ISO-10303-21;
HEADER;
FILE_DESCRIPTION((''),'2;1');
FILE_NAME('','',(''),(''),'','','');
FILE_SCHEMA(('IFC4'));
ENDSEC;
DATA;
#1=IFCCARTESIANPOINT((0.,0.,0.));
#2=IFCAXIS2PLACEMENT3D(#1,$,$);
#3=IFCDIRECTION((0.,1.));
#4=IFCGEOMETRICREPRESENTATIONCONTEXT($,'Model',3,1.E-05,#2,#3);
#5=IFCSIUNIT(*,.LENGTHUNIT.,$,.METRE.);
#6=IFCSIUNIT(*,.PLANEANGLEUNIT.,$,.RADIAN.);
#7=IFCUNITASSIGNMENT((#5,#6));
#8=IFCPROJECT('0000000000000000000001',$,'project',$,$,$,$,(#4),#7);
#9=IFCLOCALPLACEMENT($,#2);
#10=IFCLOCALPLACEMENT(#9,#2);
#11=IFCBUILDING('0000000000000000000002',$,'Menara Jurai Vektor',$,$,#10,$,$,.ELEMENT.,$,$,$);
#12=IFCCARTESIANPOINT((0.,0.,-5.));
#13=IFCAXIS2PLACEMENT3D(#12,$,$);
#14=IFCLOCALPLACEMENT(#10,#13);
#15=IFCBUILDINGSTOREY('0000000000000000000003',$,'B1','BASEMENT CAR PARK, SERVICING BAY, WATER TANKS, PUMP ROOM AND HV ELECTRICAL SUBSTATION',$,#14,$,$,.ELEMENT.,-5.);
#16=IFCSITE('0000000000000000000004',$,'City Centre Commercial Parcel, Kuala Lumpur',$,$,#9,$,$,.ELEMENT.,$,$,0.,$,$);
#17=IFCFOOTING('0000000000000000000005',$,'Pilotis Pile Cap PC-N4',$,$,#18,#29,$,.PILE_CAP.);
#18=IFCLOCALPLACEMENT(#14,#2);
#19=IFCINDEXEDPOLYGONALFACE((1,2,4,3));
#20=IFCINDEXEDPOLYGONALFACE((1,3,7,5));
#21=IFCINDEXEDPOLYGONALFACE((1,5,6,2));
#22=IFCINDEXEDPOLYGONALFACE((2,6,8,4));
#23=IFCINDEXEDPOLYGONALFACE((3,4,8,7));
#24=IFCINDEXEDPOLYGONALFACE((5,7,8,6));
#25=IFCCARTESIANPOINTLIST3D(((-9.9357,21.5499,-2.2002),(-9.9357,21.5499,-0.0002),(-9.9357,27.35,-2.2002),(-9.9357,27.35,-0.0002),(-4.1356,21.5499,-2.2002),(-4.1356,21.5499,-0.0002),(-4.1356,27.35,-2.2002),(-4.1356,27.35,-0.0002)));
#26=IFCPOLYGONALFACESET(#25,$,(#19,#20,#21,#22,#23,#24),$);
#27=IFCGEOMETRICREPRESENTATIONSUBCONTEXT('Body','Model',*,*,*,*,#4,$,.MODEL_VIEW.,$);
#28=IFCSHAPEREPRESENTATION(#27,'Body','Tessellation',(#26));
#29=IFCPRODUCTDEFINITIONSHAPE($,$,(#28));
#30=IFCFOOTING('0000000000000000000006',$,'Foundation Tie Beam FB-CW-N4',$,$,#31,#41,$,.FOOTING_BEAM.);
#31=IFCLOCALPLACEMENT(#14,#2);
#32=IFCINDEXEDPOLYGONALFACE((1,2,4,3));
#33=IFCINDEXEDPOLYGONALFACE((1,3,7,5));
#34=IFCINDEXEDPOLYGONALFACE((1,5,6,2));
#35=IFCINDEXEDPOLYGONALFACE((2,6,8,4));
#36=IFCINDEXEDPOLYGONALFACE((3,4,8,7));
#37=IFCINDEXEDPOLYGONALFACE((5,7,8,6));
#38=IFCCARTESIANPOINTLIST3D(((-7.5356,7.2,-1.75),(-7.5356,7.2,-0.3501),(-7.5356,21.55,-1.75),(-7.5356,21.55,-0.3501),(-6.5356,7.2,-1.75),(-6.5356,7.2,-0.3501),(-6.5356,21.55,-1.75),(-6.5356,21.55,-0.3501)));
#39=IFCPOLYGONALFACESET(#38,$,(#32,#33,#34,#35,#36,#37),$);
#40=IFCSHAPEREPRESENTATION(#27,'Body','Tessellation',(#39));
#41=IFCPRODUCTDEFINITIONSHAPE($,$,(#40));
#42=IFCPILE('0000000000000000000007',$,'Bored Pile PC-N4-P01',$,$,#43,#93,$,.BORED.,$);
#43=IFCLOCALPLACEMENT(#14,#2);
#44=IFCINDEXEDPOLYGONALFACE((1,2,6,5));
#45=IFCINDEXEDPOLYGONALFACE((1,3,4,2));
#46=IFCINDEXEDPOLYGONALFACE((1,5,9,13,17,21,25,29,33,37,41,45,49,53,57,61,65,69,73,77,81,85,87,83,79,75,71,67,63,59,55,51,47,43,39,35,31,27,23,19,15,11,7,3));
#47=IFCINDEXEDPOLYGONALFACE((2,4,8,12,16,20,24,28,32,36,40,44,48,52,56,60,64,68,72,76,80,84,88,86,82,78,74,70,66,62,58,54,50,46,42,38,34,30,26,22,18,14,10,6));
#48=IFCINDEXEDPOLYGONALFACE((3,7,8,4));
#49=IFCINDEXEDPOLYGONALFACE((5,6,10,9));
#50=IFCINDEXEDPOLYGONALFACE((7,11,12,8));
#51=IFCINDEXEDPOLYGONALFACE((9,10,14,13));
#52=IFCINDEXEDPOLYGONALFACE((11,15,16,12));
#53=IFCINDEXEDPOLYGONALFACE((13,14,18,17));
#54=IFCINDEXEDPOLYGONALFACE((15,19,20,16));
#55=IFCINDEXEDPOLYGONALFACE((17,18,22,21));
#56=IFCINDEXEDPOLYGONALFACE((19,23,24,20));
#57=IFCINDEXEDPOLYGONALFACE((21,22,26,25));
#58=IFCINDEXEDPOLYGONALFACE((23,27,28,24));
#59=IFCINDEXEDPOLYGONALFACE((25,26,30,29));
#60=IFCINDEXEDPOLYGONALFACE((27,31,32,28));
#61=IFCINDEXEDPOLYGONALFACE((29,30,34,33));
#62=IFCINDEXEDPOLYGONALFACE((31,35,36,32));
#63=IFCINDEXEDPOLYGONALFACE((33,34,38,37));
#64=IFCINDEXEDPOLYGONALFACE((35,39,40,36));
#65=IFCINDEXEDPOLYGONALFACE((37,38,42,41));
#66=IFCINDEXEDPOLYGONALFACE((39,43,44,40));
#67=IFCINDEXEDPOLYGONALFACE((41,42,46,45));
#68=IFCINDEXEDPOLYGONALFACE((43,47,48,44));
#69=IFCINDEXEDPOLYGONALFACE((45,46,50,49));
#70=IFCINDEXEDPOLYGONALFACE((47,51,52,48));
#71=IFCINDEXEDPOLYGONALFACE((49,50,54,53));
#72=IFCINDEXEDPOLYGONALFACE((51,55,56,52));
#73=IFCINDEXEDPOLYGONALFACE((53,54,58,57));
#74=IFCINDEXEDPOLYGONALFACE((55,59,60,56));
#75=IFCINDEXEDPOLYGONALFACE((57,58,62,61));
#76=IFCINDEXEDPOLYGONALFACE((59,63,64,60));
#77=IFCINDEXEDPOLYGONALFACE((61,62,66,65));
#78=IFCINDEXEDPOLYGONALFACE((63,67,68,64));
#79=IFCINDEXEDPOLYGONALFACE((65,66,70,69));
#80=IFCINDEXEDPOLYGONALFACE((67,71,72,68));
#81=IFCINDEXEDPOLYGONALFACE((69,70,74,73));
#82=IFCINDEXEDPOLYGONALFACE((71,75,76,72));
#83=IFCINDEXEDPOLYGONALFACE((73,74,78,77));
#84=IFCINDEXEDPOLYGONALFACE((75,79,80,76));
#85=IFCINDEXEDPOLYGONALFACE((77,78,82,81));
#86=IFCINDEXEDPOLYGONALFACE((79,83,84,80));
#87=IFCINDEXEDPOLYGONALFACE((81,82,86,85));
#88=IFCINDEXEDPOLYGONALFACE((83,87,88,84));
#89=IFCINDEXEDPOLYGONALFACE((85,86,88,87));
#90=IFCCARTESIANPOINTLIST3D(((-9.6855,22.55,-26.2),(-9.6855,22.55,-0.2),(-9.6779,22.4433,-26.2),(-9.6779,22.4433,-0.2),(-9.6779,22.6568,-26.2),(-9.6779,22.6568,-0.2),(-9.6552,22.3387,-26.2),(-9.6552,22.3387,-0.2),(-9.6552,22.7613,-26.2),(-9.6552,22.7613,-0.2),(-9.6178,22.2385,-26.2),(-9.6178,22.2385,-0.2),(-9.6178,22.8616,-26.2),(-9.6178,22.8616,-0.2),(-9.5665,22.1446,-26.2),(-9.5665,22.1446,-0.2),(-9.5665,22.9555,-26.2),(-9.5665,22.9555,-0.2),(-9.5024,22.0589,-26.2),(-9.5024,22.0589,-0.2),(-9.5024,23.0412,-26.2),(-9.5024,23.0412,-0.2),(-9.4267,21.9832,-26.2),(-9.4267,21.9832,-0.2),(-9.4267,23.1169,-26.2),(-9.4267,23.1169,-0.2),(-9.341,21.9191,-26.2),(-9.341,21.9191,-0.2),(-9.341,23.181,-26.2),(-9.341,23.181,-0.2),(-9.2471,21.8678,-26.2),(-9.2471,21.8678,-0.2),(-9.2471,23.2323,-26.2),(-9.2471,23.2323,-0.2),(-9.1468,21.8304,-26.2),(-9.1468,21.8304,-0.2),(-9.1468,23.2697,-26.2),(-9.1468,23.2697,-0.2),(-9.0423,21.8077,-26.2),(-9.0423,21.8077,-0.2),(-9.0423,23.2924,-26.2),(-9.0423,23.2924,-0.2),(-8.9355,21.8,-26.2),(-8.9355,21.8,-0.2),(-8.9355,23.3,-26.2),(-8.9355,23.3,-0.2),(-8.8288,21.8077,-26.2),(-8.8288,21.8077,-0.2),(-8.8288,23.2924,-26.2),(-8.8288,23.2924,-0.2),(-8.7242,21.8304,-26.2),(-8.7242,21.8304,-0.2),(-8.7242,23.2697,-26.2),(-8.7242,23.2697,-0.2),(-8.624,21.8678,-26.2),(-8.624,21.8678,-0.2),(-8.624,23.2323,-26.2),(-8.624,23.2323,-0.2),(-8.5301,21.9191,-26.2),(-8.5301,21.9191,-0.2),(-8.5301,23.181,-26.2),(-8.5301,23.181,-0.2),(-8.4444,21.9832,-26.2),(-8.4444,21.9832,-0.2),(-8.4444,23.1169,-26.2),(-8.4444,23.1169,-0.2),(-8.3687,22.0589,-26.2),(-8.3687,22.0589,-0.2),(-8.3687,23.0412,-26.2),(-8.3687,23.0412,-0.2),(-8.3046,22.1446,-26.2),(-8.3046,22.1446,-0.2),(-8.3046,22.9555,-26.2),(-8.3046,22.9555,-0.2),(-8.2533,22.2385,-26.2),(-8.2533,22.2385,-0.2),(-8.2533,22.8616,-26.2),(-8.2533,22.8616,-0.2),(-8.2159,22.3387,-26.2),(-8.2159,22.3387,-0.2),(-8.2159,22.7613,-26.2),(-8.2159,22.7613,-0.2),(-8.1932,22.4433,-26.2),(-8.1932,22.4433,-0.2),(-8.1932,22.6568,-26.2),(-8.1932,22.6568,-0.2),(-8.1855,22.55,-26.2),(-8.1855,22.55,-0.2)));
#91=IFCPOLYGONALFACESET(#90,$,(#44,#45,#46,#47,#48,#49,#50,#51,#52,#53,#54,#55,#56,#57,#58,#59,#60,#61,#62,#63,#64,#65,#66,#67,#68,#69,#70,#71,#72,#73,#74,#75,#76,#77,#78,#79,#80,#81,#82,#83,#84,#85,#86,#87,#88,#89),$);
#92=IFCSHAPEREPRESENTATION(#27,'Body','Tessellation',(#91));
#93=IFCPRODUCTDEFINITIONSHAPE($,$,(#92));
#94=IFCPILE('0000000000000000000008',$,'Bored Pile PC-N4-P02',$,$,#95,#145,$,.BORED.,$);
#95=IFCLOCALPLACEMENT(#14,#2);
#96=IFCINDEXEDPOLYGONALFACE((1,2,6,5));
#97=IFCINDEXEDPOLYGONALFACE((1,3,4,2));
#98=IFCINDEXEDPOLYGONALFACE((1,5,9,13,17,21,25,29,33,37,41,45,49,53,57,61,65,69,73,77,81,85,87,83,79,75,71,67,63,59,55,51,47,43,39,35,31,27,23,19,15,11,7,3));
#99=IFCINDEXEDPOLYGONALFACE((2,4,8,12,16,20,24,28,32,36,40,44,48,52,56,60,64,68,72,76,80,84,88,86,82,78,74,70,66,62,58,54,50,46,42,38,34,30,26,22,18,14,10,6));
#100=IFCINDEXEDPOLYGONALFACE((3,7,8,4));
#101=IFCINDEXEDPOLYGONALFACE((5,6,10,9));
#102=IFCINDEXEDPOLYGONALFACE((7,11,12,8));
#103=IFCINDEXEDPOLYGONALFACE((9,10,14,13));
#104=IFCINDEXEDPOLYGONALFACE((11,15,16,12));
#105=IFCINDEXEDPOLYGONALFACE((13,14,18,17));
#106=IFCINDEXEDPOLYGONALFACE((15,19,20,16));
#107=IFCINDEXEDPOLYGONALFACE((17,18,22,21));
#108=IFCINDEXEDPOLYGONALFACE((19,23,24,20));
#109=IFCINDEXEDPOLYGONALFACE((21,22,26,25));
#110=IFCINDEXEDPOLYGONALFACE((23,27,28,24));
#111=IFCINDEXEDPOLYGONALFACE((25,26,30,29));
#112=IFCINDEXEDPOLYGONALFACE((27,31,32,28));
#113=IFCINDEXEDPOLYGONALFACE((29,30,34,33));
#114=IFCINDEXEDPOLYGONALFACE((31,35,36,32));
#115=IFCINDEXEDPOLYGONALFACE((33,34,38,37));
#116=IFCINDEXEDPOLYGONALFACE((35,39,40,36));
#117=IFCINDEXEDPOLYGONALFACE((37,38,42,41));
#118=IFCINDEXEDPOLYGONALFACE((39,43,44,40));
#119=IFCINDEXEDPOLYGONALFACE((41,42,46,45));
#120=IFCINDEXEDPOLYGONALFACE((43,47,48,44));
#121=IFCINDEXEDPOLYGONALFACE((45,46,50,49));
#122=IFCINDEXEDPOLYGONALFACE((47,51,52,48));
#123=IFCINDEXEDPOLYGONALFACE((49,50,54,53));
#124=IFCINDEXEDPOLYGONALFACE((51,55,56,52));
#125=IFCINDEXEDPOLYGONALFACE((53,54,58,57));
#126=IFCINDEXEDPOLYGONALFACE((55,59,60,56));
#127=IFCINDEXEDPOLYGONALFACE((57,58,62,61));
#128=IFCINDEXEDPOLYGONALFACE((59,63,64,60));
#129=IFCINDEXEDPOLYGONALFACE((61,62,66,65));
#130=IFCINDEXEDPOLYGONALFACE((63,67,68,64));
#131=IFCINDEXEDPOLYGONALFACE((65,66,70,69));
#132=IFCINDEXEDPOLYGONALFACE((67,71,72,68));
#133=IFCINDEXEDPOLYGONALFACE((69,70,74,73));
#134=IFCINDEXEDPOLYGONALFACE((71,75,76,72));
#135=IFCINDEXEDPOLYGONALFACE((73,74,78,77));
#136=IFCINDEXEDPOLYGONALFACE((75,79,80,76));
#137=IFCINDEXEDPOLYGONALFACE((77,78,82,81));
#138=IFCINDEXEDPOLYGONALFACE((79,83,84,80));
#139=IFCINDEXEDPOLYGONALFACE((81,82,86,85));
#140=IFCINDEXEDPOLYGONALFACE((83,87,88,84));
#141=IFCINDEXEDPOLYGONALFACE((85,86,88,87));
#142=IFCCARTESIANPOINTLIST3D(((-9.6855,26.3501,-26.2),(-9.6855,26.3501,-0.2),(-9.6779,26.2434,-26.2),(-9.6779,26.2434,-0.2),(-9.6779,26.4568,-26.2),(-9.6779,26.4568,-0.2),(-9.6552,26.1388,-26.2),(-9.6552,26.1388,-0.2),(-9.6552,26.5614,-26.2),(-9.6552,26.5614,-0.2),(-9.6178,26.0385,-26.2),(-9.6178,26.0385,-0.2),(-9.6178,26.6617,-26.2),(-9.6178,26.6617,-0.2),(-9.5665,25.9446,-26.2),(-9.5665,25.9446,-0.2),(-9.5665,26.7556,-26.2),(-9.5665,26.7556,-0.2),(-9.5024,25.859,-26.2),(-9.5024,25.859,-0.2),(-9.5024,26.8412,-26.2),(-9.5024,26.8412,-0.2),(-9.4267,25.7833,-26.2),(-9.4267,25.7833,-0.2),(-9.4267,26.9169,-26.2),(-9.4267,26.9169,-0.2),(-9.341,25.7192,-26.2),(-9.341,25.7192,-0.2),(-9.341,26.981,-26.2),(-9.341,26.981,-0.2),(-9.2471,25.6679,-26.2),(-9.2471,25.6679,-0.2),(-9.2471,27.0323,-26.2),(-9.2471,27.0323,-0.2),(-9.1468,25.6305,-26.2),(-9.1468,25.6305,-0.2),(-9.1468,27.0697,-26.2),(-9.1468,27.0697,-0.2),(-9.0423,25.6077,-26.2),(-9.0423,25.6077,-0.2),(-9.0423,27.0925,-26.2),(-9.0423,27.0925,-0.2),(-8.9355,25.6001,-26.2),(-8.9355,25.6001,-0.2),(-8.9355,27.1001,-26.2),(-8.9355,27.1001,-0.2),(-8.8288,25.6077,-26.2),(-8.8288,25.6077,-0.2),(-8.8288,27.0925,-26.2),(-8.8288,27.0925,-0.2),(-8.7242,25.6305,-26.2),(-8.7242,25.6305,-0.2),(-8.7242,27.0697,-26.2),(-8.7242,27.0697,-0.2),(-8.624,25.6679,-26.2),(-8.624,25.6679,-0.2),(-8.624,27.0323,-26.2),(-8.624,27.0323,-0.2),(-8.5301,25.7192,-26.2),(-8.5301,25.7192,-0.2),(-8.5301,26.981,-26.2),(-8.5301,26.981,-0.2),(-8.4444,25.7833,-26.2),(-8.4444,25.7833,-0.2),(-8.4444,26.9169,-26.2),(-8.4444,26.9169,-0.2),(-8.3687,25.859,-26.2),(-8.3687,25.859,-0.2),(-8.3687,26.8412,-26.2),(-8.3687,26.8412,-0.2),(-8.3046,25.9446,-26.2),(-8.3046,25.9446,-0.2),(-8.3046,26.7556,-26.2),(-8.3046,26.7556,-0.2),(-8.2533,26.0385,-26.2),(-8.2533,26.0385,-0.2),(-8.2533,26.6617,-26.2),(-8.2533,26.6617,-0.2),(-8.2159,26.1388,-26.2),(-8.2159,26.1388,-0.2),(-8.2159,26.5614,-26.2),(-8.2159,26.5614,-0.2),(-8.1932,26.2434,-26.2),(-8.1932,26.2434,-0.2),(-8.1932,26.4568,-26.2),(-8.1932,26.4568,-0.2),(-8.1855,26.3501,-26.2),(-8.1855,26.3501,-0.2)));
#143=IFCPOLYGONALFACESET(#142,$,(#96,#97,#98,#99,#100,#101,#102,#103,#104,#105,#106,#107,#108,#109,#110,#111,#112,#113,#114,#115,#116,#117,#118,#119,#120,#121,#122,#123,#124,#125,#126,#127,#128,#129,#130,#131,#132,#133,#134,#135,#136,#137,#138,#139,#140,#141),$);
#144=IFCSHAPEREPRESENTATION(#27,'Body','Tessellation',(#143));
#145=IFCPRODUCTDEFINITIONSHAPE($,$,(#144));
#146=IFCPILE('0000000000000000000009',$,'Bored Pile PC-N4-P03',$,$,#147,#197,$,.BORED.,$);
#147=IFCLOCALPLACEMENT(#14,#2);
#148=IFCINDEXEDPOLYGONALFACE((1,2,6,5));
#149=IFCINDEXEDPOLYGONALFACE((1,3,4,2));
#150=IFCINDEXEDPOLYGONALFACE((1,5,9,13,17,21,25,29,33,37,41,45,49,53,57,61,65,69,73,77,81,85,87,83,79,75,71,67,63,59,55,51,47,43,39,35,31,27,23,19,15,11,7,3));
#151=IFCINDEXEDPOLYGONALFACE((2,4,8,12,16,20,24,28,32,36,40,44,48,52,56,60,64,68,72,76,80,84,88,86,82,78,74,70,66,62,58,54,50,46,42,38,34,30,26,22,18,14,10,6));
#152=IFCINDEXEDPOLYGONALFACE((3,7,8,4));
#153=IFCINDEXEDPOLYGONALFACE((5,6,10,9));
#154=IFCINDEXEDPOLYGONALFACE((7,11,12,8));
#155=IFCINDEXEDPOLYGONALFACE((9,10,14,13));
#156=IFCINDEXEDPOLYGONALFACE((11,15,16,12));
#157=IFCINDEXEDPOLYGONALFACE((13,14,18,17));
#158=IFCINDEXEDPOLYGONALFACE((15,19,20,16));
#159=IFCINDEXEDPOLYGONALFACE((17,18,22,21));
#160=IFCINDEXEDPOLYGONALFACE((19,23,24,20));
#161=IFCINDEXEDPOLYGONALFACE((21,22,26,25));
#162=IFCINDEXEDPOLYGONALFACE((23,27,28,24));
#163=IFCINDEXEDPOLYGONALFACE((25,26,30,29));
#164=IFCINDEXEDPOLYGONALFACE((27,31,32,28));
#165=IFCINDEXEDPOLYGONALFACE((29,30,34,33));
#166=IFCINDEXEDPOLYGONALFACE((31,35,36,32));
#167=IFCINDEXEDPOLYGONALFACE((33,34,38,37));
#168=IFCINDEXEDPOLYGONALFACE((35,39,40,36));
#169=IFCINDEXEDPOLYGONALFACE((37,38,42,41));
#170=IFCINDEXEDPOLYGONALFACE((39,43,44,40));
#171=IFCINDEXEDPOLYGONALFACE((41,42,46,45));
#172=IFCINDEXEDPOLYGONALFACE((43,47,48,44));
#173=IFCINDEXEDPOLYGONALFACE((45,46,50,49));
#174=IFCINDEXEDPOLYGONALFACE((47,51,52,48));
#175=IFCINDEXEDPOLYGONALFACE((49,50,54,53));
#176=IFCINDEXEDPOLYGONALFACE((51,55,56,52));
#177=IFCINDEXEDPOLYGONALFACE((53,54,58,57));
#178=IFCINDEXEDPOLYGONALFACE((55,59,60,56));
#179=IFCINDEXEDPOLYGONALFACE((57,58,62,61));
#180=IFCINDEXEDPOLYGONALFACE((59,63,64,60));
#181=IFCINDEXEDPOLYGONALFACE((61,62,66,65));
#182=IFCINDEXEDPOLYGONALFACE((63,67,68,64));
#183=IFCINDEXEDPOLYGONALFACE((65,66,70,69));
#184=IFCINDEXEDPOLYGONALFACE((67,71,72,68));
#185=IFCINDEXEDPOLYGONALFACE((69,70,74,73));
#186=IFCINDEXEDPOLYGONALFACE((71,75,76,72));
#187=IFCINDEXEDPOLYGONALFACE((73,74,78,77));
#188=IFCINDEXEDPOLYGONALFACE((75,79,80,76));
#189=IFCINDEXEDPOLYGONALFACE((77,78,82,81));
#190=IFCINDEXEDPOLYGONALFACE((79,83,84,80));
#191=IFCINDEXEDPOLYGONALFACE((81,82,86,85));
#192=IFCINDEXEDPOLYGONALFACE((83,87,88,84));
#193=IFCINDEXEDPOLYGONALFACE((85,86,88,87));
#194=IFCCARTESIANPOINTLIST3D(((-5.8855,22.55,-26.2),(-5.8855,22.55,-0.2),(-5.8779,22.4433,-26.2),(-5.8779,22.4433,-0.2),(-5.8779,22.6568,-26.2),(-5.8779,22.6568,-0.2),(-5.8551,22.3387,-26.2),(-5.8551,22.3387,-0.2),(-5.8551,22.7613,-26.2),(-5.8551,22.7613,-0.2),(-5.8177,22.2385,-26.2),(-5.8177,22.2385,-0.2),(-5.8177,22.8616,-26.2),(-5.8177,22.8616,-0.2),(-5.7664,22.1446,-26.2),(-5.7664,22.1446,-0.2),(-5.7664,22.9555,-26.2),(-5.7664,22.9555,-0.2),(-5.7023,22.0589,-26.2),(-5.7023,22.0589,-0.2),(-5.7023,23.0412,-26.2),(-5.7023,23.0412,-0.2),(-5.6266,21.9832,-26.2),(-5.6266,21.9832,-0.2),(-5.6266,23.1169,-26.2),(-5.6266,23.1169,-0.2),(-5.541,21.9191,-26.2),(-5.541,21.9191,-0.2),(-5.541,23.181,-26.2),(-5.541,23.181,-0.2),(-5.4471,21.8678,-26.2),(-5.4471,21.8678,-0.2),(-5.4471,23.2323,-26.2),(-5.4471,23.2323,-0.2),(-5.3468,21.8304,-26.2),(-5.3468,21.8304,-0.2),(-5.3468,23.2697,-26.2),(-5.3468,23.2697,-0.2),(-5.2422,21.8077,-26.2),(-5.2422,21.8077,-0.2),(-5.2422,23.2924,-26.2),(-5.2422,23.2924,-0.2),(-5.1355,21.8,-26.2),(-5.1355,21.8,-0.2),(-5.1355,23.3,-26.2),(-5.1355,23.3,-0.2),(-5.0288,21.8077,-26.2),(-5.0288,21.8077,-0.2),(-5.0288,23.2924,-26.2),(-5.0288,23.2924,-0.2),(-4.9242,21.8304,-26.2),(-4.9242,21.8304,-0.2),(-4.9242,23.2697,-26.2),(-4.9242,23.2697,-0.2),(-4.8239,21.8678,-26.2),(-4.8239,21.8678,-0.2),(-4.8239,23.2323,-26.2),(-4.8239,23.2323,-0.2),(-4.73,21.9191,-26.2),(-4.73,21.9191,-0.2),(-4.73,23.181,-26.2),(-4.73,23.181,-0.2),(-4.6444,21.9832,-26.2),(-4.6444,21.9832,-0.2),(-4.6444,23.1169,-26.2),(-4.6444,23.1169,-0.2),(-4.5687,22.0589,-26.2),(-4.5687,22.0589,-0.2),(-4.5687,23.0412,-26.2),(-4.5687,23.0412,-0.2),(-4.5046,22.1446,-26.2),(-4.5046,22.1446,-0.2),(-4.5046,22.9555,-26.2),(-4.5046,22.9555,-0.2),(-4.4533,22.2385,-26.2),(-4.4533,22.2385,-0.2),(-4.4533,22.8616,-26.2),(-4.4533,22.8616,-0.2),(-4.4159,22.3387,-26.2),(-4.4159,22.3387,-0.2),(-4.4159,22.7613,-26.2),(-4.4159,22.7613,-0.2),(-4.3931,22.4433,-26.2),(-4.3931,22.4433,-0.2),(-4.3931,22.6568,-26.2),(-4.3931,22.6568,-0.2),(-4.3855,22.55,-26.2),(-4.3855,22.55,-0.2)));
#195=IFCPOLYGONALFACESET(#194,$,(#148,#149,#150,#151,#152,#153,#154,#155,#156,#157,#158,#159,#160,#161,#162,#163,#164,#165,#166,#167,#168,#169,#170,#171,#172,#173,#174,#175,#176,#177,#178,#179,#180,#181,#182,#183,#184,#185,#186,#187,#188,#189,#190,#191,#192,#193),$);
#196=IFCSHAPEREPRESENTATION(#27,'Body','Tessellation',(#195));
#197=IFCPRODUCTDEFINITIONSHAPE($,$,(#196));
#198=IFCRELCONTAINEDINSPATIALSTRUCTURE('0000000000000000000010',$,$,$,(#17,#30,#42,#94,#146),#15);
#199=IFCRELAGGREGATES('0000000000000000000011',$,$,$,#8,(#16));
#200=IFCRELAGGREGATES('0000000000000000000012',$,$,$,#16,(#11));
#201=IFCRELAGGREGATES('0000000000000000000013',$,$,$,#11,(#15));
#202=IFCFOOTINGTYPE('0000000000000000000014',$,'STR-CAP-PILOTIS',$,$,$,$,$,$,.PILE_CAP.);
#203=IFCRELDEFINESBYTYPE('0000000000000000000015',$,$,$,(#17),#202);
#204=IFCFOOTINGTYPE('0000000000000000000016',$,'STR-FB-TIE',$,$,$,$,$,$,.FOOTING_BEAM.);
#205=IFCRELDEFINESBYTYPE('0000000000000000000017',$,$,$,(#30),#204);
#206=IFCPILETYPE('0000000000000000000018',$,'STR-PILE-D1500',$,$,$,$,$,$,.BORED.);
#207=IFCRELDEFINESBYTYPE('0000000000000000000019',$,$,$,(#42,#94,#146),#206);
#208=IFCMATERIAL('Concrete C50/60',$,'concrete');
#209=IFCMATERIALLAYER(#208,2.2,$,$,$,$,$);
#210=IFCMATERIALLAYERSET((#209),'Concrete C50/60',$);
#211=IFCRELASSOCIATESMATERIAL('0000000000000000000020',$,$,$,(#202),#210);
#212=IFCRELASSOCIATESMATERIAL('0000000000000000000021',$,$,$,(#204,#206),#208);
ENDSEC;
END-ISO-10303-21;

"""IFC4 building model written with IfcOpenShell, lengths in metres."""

from ifc_helpers import new_model, si_unit, direction, frame, origin, origin_2d, place, context, subcontext, project, spatial, rectangle, circle, extrude, material, layer, layer_set, material_profile, profile_set, type_object, element, save


model = new_model("IFC4")

# Units and contexts
model_context = context("Model", 3, precision=1e-05, world=origin(), true_north=direction((0.0, 1.0)))
body_context = subcontext(model_context, "Body", "Model", "MODEL_VIEW")
ifc_project = project(units=[si_unit("LENGTHUNIT", "METRE"), si_unit("PLANEANGLEUNIT", "RADIAN")], contexts=[model_context])

# Site, building, storey
site_placement = place(None, origin())
site = spatial("IfcSite", under=ifc_project, at=site_placement, Name="City Centre Commercial Parcel, Kuala Lumpur", CompositionType="ELEMENT", RefElevation=0.0)
building_placement = place(site_placement, origin())
building = spatial("IfcBuilding", under=site, at=building_placement, Name="Menara Jurai Vektor", CompositionType="ELEMENT")
storey_placement = place(building_placement, frame((0.0, 0.0, -5.0)))
storey = spatial("IfcBuildingStorey", under=building, at=storey_placement, Name="B1", Description="BASEMENT CAR PARK, SERVICING BAY, WATER TANKS, PUMP ROOM AND HV ELECTRICAL SUBSTATION", CompositionType="ELEMENT", Elevation=-5.0)

# Footings
ifc_material_1 = material(Name="Concrete C50/60", Category="concrete")
ifc_layer_1 = layer(ifc_material_1, 2.2)
ifc_layer_set_1 = layer_set([ifc_layer_1], Name="Concrete C50/60")
footing_type_1 = type_object("IfcFootingType", Name="STR-CAP-PILOTIS", PredefinedType="PILE_CAP", material=ifc_layer_set_1)
footing_1_placement = place(storey_placement, frame((-7.0356, 24.45, -2.2002), z_axis=(0.0, 0.0, 1.0), x_axis=(1.0, 0.0, 0.0)))
element("IfcFooting", 1, at=footing_1_placement, inside=storey, type_object=footing_type_1, Name="Pilotis Pile Cap PC-N4", PredefinedType="PILE_CAP", context=body_context, shape_type="SweptSolid", body=[
    extrude(rectangle(XDim=5.8, YDim=5.8, at=origin_2d()), origin(), (0.0, 0.0, 1.0), 2.2),
])
ifc_material_profile_1 = material_profile(ifc_material_1, rectangle(XDim=1.0, YDim=1.3999, at=origin_2d()), Name="RC 1000x1400")
ifc_profile_set_1 = profile_set([ifc_material_profile_1], Name="Concrete C50/60")
footing_type_2 = type_object("IfcFootingType", Name="STR-FB-TIE", PredefinedType="FOOTING_BEAM", material=ifc_profile_set_1)
footing_2_placement = place(storey_placement, frame((-7.0356, 7.2, -1.05), z_axis=(0.0, 1.0, 0.0), x_axis=(-1.0, 0.0, 0.0)))
element("IfcFooting", 2, at=footing_2_placement, inside=storey, type_object=footing_type_2, Name="Foundation Tie Beam FB-CW-N4", PredefinedType="FOOTING_BEAM", context=body_context, shape_type="SweptSolid", body=[
    extrude(rectangle(XDim=1.0, YDim=1.3999, at=origin_2d()), origin(), (0.0, 0.0, 1.0), 14.3501),
])

# Piles
ifc_material_profile_2 = material_profile(ifc_material_1, circle(Radius=0.75, at=origin_2d()), Name="PILE D1500")
ifc_profile_set_2 = profile_set([ifc_material_profile_2], Name="Concrete C50/60")
pile_type_1 = type_object("IfcPileType", Name="STR-PILE-D1500", PredefinedType="BORED", material=ifc_profile_set_2)
for number, where, z_axis, x_axis, name in (
    (3, (-8.9355, 22.55, -0.2), (0.0, 0.0, -1.0), (1.0, 0.0, 0.0), "Bored Pile PC-N4-P01"),
    (4, (-8.9355, 26.3501, -0.2), (0.0, 0.0, -1.0), (1.0, 0.0, 0.0), "Bored Pile PC-N4-P02"),
    (5, (-5.1355, 22.55, -0.2), (0.0, 0.0, -1.0), (1.0, 0.0, 0.0), "Bored Pile PC-N4-P03"),
):
    element("IfcPile", number, at=place(storey_placement, frame(where, z_axis=z_axis, x_axis=x_axis)), inside=storey, type_object=pile_type_1, Name=name, PredefinedType="BORED", context=body_context, shape_type="SweptSolid", body=[
        extrude(circle(Radius=0.75, at=origin_2d()), origin(), (0.0, 0.0, 1.0), 26.0),
    ])

save(model, "model.ifc")
